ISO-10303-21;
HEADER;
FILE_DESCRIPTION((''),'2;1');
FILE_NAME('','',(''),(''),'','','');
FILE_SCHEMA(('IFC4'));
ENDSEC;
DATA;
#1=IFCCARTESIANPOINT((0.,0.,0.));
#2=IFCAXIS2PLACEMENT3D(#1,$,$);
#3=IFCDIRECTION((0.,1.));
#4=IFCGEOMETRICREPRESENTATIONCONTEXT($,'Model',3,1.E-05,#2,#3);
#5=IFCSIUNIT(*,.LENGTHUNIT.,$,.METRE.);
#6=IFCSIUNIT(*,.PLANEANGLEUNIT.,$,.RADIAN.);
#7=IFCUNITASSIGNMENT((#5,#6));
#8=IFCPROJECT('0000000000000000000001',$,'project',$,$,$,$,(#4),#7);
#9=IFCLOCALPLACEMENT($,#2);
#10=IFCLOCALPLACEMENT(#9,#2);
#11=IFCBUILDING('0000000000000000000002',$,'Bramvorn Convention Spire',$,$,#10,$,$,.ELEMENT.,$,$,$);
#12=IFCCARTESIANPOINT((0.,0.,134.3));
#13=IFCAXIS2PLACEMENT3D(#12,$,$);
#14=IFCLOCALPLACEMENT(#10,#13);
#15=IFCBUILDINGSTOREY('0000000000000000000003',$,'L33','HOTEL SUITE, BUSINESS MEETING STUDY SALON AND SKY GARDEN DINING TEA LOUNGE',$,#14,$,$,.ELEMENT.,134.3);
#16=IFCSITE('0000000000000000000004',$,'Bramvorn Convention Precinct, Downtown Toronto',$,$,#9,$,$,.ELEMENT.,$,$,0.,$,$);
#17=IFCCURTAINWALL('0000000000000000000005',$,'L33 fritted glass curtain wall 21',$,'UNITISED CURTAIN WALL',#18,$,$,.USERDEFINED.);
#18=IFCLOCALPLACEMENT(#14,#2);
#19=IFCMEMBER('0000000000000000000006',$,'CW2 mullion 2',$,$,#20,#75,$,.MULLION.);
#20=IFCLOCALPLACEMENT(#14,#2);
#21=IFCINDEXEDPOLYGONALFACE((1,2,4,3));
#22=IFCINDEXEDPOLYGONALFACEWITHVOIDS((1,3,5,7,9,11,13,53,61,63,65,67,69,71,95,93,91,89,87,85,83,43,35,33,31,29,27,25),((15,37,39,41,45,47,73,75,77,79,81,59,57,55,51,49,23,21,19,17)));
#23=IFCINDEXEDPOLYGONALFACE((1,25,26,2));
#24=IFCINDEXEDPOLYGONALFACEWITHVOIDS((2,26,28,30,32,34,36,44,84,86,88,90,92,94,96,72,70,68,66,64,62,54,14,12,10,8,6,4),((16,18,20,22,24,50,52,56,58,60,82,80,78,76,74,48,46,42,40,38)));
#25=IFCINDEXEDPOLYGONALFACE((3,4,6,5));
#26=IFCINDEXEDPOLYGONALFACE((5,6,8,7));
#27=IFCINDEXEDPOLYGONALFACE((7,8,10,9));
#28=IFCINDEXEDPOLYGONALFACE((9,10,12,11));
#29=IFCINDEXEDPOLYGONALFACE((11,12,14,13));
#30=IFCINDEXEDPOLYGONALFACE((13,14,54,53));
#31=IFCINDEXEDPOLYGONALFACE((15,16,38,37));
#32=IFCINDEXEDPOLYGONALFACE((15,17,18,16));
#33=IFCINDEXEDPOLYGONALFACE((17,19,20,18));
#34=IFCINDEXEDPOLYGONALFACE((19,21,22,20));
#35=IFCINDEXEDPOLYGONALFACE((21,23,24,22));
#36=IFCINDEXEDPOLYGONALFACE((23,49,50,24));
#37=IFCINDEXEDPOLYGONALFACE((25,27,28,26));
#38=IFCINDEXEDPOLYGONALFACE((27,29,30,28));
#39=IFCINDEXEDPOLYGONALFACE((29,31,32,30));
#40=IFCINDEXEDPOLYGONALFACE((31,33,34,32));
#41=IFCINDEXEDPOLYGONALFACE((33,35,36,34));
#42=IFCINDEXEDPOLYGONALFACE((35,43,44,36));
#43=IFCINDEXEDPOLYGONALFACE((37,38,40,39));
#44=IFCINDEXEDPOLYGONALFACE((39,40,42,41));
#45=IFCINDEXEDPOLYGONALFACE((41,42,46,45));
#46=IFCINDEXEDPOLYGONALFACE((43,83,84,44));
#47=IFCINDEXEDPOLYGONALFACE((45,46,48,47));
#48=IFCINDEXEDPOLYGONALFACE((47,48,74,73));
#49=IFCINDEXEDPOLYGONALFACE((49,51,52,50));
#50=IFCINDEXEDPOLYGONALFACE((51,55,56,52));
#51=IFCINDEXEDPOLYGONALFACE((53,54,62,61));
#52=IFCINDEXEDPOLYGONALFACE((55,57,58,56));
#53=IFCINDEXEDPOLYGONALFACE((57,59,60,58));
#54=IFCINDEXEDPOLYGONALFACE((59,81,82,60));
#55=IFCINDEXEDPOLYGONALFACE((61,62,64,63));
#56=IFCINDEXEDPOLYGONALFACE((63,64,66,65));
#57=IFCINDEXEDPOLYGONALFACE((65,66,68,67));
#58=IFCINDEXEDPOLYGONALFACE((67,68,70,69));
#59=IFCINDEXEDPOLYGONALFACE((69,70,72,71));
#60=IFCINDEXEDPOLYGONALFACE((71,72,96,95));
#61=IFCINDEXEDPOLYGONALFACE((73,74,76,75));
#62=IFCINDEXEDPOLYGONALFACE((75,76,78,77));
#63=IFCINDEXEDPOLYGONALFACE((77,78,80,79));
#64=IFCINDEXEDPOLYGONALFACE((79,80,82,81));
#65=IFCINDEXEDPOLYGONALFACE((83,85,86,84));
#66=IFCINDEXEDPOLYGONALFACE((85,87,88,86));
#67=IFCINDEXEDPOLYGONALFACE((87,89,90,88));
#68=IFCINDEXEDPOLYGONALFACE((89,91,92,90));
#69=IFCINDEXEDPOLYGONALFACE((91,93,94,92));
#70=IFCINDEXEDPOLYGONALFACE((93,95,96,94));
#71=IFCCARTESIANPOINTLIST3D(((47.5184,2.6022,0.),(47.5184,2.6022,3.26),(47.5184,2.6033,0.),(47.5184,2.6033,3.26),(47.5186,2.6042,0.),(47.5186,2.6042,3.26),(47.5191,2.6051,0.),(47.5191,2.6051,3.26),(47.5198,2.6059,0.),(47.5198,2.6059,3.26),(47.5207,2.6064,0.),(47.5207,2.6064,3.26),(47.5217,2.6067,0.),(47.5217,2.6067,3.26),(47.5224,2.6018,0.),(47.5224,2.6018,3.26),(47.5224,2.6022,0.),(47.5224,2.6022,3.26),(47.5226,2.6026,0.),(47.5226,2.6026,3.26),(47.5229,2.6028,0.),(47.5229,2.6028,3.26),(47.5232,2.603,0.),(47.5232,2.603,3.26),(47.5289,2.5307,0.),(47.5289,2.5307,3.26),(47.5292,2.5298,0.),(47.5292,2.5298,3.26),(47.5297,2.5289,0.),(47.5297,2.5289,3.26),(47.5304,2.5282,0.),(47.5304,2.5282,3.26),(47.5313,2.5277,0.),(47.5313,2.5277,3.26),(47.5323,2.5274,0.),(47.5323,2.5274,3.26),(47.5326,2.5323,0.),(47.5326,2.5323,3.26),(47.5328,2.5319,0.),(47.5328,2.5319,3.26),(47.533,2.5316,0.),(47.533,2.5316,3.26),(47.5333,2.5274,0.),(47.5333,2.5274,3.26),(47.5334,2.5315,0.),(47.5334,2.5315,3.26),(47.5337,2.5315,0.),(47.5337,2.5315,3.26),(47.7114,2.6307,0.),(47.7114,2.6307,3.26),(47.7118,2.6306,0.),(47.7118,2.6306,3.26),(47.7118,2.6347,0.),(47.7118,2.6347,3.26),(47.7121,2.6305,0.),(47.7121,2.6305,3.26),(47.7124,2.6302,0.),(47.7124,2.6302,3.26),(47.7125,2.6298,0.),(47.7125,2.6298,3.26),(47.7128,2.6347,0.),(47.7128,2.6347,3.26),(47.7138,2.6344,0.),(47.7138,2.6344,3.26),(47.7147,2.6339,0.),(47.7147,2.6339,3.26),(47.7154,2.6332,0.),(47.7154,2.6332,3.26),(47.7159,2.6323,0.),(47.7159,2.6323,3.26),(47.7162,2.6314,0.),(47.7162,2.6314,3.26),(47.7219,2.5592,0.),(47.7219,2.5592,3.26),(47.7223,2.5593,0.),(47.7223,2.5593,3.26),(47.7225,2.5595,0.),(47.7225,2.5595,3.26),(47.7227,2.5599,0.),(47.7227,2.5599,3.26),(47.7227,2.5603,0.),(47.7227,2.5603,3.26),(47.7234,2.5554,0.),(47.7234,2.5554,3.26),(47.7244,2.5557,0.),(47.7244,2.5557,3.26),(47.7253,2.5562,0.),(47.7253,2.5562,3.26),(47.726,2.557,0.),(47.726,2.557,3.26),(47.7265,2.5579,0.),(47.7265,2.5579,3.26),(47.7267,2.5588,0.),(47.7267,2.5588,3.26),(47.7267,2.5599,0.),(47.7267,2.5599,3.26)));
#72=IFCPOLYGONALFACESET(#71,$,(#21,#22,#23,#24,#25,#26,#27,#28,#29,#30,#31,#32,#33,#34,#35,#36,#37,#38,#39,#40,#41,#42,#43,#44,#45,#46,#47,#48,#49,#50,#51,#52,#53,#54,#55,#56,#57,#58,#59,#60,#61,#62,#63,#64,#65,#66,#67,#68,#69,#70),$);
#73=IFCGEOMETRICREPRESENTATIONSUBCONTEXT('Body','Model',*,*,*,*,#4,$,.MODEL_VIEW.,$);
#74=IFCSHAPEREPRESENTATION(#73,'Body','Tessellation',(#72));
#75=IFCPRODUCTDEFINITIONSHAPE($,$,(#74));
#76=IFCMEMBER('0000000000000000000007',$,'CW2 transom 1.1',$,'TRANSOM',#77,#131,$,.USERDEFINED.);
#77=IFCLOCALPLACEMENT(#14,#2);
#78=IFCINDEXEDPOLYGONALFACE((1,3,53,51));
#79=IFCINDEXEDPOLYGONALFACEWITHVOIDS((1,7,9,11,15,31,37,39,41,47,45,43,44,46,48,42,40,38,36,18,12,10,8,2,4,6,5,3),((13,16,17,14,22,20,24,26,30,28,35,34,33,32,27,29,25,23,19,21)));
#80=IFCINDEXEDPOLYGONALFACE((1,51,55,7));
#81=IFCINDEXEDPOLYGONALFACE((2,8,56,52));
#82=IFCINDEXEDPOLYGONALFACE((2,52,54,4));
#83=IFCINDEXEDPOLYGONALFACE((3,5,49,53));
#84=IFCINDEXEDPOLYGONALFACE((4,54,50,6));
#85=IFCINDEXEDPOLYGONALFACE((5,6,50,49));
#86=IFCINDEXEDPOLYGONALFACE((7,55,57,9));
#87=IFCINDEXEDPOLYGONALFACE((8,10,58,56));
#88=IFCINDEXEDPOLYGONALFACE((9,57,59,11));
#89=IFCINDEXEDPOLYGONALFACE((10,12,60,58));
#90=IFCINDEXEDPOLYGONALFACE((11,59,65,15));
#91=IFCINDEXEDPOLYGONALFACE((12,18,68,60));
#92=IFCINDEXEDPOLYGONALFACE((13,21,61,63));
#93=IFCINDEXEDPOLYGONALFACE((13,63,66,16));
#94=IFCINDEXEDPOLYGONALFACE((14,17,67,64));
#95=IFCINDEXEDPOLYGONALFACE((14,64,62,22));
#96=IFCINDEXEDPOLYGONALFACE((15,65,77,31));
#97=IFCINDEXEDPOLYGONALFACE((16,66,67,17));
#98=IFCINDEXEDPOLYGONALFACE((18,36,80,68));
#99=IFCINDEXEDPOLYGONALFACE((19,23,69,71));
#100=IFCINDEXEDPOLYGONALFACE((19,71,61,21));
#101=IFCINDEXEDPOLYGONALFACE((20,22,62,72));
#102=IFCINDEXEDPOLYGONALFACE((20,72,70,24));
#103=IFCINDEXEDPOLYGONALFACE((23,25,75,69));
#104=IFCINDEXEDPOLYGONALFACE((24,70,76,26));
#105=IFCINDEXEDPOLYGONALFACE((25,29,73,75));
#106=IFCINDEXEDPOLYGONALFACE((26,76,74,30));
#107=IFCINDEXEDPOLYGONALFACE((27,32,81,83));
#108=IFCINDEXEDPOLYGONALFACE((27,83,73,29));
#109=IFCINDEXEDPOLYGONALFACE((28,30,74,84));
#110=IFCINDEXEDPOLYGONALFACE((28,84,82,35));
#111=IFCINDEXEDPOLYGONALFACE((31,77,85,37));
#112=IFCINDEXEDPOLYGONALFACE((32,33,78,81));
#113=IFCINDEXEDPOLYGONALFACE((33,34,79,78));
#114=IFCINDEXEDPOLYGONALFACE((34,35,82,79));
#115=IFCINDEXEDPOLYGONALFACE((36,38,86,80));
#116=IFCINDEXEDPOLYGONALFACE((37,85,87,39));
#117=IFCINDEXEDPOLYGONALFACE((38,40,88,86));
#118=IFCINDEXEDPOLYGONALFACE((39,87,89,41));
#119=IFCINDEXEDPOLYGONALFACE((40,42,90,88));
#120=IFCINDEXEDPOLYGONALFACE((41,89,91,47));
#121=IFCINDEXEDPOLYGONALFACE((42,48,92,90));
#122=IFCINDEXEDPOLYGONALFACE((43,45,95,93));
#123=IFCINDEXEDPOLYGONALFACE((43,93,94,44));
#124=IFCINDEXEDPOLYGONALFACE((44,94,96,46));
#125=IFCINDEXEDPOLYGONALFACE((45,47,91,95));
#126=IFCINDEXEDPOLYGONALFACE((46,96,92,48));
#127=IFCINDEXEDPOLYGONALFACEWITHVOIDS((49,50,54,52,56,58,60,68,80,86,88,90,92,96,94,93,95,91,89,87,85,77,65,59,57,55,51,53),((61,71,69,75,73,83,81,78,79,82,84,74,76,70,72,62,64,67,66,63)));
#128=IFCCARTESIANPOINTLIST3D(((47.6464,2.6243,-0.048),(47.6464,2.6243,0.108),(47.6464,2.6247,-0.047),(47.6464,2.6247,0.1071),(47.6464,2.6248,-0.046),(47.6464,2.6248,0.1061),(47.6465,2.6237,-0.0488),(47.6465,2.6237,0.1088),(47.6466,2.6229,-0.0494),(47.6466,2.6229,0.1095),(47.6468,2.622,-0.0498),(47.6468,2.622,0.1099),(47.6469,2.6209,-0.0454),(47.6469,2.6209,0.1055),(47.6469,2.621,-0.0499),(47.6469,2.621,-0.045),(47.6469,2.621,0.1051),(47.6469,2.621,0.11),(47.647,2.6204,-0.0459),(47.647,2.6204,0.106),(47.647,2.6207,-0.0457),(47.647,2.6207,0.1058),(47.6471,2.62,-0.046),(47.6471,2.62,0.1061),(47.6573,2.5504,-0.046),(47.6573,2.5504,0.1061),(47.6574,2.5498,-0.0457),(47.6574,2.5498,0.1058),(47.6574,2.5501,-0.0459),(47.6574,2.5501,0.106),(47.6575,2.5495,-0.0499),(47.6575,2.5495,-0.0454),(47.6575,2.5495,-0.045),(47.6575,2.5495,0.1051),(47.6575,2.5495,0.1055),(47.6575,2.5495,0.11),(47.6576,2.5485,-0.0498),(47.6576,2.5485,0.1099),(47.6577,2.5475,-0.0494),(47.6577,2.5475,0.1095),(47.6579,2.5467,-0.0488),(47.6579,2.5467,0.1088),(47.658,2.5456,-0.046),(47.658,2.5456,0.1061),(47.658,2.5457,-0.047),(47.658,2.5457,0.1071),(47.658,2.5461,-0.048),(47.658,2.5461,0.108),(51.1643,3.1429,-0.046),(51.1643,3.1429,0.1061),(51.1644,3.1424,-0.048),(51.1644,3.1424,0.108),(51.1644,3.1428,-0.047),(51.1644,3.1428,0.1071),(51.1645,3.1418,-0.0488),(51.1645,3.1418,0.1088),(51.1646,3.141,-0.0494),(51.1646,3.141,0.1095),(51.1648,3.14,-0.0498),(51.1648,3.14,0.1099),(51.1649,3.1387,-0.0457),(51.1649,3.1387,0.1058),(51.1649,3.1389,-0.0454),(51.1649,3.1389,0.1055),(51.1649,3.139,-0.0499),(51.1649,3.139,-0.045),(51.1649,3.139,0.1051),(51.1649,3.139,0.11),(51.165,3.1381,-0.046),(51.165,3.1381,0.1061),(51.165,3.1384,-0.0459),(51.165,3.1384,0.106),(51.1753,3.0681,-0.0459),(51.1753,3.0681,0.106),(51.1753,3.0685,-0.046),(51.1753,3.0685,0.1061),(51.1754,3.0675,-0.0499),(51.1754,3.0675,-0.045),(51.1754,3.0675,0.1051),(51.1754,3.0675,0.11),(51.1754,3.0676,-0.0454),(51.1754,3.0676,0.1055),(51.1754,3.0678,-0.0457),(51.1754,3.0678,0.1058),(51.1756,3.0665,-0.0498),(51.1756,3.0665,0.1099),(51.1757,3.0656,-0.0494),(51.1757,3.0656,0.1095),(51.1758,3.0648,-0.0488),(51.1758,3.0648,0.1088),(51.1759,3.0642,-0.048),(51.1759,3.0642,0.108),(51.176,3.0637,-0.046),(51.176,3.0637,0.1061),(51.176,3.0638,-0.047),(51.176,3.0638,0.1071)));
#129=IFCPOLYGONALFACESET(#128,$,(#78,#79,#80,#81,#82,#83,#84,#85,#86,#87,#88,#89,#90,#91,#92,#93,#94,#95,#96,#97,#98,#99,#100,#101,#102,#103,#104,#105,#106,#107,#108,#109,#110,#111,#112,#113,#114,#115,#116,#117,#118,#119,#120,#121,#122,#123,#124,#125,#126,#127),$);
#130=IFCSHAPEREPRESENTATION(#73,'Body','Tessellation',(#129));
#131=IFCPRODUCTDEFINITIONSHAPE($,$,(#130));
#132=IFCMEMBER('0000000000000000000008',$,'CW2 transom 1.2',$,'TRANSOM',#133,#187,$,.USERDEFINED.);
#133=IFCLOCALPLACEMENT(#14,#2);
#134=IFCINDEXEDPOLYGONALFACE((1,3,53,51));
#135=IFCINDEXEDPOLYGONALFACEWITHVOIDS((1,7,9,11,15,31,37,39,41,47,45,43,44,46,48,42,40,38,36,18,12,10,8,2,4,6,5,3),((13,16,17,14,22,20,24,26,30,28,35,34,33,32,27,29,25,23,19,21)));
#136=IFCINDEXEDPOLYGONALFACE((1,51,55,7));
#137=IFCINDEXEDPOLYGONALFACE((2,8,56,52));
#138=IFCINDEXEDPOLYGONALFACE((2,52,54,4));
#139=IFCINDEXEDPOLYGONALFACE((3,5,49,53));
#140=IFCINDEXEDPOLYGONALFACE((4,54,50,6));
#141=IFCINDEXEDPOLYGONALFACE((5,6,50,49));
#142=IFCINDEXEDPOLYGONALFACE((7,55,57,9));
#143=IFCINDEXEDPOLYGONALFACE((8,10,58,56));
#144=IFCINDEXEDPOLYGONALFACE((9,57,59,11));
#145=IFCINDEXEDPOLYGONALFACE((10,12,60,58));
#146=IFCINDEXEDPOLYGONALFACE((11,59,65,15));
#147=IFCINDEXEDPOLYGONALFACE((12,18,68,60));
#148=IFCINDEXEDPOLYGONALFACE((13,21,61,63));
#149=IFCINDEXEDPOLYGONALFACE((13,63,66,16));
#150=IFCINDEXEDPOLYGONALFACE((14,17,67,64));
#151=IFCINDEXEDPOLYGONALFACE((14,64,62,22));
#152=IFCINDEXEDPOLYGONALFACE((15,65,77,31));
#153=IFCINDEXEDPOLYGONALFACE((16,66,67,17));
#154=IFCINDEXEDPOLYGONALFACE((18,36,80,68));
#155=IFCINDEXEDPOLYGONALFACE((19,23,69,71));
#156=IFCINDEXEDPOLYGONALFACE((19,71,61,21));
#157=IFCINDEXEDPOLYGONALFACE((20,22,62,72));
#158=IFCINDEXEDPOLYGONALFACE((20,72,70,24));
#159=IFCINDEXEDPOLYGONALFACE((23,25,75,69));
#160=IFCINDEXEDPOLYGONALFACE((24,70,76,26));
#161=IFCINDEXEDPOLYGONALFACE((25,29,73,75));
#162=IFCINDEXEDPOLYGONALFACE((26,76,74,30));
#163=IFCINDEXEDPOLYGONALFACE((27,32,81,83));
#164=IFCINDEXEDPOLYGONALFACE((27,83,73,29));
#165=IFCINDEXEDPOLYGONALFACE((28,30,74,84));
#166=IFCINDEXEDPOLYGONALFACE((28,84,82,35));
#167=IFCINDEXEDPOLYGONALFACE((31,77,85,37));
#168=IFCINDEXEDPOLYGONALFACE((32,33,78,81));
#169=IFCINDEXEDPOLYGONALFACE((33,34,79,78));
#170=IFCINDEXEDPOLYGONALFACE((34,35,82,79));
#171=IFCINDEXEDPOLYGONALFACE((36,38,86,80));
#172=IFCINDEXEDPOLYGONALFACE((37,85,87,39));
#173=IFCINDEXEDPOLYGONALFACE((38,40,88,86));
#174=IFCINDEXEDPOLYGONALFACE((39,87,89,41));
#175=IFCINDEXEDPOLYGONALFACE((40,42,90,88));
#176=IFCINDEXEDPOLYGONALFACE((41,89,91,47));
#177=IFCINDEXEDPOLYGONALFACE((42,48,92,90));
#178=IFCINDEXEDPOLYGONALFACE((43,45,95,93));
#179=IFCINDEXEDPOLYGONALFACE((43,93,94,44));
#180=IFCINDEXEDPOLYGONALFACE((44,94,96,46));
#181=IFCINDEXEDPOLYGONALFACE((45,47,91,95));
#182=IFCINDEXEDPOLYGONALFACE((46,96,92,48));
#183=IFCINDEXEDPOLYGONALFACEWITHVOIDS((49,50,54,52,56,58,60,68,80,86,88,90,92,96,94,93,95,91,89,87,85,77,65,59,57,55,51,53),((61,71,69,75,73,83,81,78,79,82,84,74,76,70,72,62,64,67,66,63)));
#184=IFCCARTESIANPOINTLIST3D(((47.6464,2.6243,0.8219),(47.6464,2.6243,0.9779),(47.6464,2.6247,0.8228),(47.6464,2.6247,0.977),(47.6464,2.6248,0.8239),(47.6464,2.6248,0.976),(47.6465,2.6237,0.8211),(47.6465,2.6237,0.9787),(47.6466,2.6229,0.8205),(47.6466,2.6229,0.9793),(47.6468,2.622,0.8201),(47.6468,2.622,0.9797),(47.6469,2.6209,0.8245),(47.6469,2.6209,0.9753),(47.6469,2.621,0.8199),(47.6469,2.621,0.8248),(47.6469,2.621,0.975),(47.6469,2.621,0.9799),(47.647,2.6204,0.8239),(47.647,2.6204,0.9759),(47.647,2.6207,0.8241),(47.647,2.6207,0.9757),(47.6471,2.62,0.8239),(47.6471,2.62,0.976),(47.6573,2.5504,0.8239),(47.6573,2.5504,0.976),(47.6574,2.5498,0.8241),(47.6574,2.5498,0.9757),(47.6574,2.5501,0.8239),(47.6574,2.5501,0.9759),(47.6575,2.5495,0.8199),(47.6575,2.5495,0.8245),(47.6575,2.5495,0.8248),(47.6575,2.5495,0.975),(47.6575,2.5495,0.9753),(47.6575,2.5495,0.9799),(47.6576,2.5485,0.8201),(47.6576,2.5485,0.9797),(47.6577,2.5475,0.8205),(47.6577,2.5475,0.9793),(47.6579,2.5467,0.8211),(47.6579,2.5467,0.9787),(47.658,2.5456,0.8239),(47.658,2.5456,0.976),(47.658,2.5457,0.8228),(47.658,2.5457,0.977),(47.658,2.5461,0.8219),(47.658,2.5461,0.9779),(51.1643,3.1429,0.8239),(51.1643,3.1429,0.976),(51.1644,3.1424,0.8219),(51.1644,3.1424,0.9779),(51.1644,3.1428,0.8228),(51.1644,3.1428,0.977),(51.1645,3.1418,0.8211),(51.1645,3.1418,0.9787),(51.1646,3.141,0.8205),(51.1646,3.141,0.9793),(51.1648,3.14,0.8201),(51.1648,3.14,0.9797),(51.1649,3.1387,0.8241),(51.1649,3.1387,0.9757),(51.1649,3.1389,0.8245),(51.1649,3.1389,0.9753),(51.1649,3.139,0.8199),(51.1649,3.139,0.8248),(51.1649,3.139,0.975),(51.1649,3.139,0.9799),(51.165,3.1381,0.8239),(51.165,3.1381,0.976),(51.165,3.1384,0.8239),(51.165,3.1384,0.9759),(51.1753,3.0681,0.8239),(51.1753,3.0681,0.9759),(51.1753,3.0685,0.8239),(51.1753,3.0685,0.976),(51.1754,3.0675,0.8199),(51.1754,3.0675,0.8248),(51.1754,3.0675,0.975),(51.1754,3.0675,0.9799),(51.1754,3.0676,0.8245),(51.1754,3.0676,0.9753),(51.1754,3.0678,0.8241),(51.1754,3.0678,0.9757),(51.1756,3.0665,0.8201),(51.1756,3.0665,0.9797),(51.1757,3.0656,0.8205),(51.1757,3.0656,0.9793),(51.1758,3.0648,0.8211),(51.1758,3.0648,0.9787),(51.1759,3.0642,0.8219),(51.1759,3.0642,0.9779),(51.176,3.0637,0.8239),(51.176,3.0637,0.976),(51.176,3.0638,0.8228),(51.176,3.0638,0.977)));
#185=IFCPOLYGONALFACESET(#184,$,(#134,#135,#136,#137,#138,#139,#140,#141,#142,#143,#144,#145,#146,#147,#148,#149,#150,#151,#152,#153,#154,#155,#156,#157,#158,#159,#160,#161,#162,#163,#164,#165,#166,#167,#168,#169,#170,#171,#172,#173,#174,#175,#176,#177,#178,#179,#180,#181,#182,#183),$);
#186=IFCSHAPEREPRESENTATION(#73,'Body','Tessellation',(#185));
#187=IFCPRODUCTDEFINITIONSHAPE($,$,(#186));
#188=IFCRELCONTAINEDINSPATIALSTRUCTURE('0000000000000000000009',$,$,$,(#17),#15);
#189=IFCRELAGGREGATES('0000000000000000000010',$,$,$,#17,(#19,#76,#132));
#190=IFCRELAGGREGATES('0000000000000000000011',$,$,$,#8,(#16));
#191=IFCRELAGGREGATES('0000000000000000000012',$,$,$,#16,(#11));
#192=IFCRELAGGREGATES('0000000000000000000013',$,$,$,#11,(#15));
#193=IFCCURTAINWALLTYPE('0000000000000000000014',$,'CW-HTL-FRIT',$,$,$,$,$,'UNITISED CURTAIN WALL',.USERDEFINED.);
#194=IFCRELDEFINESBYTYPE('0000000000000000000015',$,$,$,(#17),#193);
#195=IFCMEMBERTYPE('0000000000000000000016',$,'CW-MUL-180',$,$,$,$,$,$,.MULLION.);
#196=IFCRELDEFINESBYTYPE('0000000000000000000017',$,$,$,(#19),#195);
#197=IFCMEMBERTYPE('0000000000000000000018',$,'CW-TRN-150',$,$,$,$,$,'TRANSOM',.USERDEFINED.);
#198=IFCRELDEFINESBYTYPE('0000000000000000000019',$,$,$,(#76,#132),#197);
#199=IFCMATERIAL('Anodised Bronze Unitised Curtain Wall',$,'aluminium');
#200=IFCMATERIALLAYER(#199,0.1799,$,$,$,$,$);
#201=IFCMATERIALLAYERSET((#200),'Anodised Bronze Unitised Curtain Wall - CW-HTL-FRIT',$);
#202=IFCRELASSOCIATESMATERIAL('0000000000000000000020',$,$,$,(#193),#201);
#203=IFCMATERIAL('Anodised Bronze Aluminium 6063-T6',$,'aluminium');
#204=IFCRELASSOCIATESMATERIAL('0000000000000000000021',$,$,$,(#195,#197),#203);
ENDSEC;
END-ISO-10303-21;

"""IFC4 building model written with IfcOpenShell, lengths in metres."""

from ifc_helpers import new_model, si_unit, direction, frame, origin, origin_2d, place, context, subcontext, project, spatial, hollow_rectangle, extrude, material, layer, layer_set, material_profile, profile_set, type_object, element, aggregate, save


model = new_model("IFC4")

# Units and contexts
model_context = context("Model", 3, precision=1e-05, world=origin(), true_north=direction((0.0, 1.0)))
body_context = subcontext(model_context, "Body", "Model", "MODEL_VIEW")
ifc_project = project(units=[si_unit("LENGTHUNIT", "METRE"), si_unit("PLANEANGLEUNIT", "RADIAN")], contexts=[model_context])

# Site, building, storey
site_placement = place(None, origin())
site = spatial("IfcSite", under=ifc_project, at=site_placement, Name="Bramvorn Convention Precinct, Downtown Toronto", CompositionType="ELEMENT", RefElevation=0.0)
building_placement = place(site_placement, origin())
building = spatial("IfcBuilding", under=site, at=building_placement, Name="Bramvorn Convention Spire", CompositionType="ELEMENT")
storey_placement = place(building_placement, frame((0.0, 0.0, 134.3)))
storey = spatial("IfcBuildingStorey", under=building, at=storey_placement, Name="L33", Description="HOTEL SUITE, BUSINESS MEETING STUDY SALON AND SKY GARDEN DINING TEA LOUNGE", CompositionType="ELEMENT", Elevation=134.3)

# Curtain wall, members
ifc_material_1 = material(Name="Anodised Bronze Unitised Curtain Wall", Category="aluminium")
ifc_layer_1 = layer(ifc_material_1, 0.1799)
ifc_layer_set_1 = layer_set([ifc_layer_1], Name="Anodised Bronze Unitised Curtain Wall - CW-HTL-FRIT")
curtain_wall_type = type_object("IfcCurtainWallType", Name="CW-HTL-FRIT", ElementType="UNITISED CURTAIN WALL", PredefinedType="USERDEFINED", material=ifc_layer_set_1)
curtain_wall_placement = place(storey_placement, origin())
curtain_wall = element("IfcCurtainWall", 1, at=curtain_wall_placement, inside=storey, type_object=curtain_wall_type, Name="L33 fritted glass curtain wall 21", ObjectType="UNITISED CURTAIN WALL", PredefinedType="USERDEFINED")
ifc_material_2 = material(Name="Anodised Bronze Aluminium 6063-T6", Category="aluminium")
ifc_material_profile_1 = material_profile(ifc_material_2, hollow_rectangle(XDim=0.0801, YDim=0.2, WallThickness=0.0039, InnerFilletRadius=0.001, OuterFilletRadius=0.0039, at=origin_2d()))
ifc_profile_set_1 = profile_set([ifc_material_profile_1], Name="Anodised Bronze Aluminium 6063-T6 - CWM80X200")
member_type_1 = type_object("IfcMemberType", Name="CW-MUL-180", PredefinedType="MULLION", material=ifc_profile_set_1)
member_1_placement = place(storey_placement, frame((47.6226, 2.5811, 0.0), z_axis=(0.0, 0.0, 1.0), x_axis=(0.145655, -0.989335, 0.0)))
member_1 = element("IfcMember", 2, at=member_1_placement, type_object=member_type_1, Name="CW2 mullion 2", PredefinedType="MULLION", context=body_context, shape_type="SweptSolid", body=[
    extrude(hollow_rectangle(XDim=0.0801, YDim=0.2, WallThickness=0.0039, InnerFilletRadius=0.001, OuterFilletRadius=0.0039, at=origin_2d()), origin(), (0.0, 0.0, 1.0), 3.26),
])
ifc_material_profile_2 = material_profile(ifc_material_2, hollow_rectangle(XDim=0.0801, YDim=0.1599, WallThickness=0.0039, InnerFilletRadius=0.001, OuterFilletRadius=0.0039, at=origin_2d()))
ifc_profile_set_2 = profile_set([ifc_material_profile_2], Name="Anodised Bronze Aluminium 6063-T6 - CWT80X160")
member_type_2 = type_object("IfcMemberType", Name="CW-TRN-150", ElementType="TRANSOM", PredefinedType="USERDEFINED", material=ifc_profile_set_2)
member_2_placement = place(storey_placement, frame((51.1702, 3.1033, 0.03), z_axis=(-0.989331, -0.145688, 0.0), x_axis=(0.145688, -0.989331, 0.0)))
member_2 = element("IfcMember", 3, at=member_2_placement, type_object=member_type_2, Name="CW2 transom 1.1", ObjectType="TRANSOM", PredefinedType="USERDEFINED", context=body_context, shape_type="SweptSolid", body=[
    extrude(hollow_rectangle(XDim=0.0801, YDim=0.1599, WallThickness=0.0039, InnerFilletRadius=0.001, OuterFilletRadius=0.0039, at=origin_2d()), origin(), (0.0, 0.0, 1.0), 3.5559),
])
member_3_placement = place(storey_placement, frame((51.1702, 3.1033, 0.8999), z_axis=(-0.989331, -0.145688, 0.0), x_axis=(0.145688, -0.989331, 0.0)))
member_3 = element("IfcMember", 4, at=member_3_placement, type_object=member_type_2, Name="CW2 transom 1.2", ObjectType="TRANSOM", PredefinedType="USERDEFINED", context=body_context, shape_type="SweptSolid", body=[
    extrude(hollow_rectangle(XDim=0.0801, YDim=0.1599, WallThickness=0.0039, InnerFilletRadius=0.001, OuterFilletRadius=0.0039, at=origin_2d()), origin(), (0.0, 0.0, 1.0), 3.5559),
])

aggregate(curtain_wall, [member_1, member_2, member_3])

save(model, "model.ifc")
